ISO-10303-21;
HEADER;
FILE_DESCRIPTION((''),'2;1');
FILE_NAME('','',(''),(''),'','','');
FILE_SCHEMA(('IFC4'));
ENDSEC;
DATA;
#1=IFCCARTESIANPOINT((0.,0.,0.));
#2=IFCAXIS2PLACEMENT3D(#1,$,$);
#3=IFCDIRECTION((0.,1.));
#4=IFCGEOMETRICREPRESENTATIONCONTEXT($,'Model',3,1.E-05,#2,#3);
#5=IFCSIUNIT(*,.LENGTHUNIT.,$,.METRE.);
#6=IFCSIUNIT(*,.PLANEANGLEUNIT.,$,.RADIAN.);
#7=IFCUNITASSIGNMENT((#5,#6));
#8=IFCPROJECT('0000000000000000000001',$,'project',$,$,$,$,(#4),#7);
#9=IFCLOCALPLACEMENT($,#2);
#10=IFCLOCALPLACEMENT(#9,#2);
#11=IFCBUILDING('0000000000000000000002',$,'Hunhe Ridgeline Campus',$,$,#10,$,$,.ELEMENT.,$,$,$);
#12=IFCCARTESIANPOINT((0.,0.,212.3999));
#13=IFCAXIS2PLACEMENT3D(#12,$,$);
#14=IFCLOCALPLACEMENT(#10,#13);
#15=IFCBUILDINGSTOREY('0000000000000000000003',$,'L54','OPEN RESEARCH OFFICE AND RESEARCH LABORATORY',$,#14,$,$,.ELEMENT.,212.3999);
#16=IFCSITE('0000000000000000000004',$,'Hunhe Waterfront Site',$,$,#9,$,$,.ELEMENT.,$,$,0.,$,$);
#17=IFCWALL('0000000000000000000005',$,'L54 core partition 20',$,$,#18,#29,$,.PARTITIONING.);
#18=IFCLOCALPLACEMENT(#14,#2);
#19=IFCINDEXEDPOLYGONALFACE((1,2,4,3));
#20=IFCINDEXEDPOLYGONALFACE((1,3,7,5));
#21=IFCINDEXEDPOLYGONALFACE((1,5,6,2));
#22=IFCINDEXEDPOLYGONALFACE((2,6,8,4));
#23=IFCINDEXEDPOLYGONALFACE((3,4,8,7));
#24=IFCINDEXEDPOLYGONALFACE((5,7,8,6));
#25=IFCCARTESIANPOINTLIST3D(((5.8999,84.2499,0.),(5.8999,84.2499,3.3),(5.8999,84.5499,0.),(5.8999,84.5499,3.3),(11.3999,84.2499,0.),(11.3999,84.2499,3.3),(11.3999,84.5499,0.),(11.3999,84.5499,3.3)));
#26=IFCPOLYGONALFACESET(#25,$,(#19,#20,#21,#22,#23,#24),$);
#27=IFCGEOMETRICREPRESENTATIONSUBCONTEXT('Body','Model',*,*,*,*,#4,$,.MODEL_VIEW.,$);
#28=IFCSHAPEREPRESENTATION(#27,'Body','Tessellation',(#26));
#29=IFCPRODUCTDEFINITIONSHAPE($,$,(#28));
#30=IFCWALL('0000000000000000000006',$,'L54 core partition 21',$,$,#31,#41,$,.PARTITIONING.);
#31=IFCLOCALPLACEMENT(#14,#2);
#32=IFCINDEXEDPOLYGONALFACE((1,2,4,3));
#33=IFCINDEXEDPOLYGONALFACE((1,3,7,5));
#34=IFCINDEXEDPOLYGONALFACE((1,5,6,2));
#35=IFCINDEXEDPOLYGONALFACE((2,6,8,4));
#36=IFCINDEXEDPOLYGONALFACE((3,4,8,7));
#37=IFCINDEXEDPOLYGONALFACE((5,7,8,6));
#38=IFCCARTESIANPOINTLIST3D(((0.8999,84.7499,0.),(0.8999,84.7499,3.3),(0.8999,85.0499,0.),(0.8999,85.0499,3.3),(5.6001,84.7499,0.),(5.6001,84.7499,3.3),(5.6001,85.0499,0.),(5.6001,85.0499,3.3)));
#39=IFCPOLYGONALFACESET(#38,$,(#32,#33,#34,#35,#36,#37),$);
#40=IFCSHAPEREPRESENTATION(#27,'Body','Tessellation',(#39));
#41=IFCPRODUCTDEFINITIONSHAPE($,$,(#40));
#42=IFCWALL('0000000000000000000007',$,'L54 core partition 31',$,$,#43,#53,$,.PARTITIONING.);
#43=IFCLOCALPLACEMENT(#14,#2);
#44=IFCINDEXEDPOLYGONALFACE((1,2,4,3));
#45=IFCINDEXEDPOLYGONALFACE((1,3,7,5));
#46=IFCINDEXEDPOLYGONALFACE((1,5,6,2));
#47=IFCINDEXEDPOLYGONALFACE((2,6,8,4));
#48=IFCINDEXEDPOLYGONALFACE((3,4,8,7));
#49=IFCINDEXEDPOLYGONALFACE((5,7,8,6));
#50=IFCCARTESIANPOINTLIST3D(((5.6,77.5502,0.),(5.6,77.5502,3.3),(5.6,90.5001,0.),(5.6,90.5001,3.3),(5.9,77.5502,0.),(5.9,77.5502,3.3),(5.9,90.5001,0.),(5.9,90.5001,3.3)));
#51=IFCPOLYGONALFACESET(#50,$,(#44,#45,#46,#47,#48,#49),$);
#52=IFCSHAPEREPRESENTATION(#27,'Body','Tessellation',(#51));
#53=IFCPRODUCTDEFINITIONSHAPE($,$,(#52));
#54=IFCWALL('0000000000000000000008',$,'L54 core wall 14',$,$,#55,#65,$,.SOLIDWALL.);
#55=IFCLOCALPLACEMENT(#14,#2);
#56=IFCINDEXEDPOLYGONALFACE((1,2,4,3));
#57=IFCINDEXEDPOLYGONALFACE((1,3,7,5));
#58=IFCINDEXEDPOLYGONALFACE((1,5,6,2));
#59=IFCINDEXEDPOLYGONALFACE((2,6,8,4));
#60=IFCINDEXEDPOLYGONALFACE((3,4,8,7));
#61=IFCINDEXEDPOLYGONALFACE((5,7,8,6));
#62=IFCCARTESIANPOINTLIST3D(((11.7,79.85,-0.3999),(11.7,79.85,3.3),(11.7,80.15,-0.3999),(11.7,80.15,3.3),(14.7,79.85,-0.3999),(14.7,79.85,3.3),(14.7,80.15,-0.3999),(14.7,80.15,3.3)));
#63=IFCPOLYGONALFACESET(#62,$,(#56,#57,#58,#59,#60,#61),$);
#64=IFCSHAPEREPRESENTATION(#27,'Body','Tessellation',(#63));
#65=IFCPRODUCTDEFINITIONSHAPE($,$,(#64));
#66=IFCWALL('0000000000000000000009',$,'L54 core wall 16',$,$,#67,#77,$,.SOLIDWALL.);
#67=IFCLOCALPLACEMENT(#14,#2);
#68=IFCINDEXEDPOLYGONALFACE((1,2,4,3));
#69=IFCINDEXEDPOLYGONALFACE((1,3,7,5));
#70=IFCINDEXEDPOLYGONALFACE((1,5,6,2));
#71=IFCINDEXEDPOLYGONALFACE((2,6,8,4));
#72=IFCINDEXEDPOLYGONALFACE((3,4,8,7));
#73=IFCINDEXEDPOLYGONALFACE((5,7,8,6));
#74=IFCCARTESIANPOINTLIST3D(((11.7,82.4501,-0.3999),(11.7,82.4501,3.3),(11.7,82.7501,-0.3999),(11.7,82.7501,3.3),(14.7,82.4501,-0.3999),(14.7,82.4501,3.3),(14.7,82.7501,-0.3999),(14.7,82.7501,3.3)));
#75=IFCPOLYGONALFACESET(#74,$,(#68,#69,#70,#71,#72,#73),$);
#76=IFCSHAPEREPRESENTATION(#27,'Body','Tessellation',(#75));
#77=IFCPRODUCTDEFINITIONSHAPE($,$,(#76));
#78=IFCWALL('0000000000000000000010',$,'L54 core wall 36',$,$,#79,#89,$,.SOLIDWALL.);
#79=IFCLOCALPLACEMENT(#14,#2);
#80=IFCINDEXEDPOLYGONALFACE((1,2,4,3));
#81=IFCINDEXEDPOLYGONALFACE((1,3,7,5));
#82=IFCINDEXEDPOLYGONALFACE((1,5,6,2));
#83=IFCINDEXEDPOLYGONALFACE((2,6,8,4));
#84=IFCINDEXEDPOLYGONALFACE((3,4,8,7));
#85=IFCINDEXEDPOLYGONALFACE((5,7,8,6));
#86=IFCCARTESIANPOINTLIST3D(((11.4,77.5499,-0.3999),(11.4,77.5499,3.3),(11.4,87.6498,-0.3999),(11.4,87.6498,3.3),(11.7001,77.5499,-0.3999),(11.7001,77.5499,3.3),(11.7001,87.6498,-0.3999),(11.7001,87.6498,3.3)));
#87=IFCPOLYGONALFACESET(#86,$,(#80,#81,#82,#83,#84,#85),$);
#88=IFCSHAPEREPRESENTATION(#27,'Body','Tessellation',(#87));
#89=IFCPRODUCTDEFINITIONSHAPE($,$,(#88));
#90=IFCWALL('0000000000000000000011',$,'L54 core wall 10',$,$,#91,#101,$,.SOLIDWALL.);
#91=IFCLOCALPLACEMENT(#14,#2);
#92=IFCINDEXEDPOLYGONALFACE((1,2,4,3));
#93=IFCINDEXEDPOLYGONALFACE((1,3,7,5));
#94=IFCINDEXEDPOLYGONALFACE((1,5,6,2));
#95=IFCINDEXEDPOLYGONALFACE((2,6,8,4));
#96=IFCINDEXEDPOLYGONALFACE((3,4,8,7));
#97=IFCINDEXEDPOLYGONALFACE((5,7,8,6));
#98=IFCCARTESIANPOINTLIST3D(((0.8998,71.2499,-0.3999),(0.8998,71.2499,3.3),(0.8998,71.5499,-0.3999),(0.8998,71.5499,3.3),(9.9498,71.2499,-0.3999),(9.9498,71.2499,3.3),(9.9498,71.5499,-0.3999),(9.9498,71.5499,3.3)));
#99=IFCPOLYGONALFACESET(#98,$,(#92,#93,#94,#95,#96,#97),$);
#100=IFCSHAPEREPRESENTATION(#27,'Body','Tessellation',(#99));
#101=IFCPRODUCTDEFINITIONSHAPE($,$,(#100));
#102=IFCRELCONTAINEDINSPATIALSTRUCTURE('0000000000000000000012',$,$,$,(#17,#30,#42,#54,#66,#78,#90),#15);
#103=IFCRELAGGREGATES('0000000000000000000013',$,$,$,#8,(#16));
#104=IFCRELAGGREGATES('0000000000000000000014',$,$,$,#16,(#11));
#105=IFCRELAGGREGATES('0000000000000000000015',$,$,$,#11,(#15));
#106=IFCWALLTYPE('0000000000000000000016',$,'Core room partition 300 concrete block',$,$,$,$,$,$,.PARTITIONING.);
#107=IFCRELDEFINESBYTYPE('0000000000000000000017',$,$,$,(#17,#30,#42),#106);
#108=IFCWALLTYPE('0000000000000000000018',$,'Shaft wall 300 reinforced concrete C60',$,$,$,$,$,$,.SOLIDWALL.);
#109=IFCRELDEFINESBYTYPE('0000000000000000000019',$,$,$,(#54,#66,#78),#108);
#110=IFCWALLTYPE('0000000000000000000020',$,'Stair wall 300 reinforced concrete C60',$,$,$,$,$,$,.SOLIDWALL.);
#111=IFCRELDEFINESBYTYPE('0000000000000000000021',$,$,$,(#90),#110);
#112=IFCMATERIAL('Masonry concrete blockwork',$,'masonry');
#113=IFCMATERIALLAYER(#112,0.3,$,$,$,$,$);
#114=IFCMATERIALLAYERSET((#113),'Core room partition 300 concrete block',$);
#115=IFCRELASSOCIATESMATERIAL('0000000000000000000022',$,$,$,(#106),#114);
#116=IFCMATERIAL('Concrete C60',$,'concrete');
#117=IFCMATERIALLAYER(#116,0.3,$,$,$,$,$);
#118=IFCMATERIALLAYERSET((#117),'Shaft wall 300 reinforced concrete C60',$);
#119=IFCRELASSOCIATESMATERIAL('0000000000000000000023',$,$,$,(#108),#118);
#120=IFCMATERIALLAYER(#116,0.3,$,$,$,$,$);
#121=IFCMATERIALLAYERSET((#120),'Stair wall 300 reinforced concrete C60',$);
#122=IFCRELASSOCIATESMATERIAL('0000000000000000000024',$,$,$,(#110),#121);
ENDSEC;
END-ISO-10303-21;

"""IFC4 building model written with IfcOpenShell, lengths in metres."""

from ifc_helpers import new_model, si_unit, direction, frame, frame_2d, origin, place, context, subcontext, project, spatial, rectangle, extrude, material, layer, layer_set, type_object, element, save


model = new_model("IFC4")

# Units and contexts
model_context = context("Model", 3, precision=1e-05, world=origin(), true_north=direction((0.0, 1.0)))
body_context = subcontext(model_context, "Body", "Model", "MODEL_VIEW")
ifc_project = project(units=[si_unit("LENGTHUNIT", "METRE"), si_unit("PLANEANGLEUNIT", "RADIAN")], contexts=[model_context])

# Site, building, storey
site_placement = place(None, origin())
site = spatial("IfcSite", under=ifc_project, at=site_placement, Name="Hunhe Waterfront Site", CompositionType="ELEMENT", RefElevation=0.0)
building_placement = place(site_placement, origin())
building = spatial("IfcBuilding", under=site, at=building_placement, Name="Hunhe Ridgeline Campus", CompositionType="ELEMENT")
storey_placement = place(building_placement, frame((0.0, 0.0, 212.3999)))
storey = spatial("IfcBuildingStorey", under=building, at=storey_placement, Name="L54", Description="OPEN RESEARCH OFFICE AND RESEARCH LABORATORY", CompositionType="ELEMENT", Elevation=212.3999)

# Shared definitions
ifc_material_1 = material(Name="Masonry concrete blockwork", Category="masonry")
ifc_layer_1 = layer(ifc_material_1, 0.3)
ifc_layer_set_1 = layer_set([ifc_layer_1], Name="Core room partition 300 concrete block")
wall_type_1 = type_object("IfcWallType", Name="Core room partition 300 concrete block", PredefinedType="PARTITIONING", material=ifc_layer_set_1)

# Walls
wall_1_placement = place(storey_placement, frame((5.8999, 84.3999, 0.0), z_axis=(0.0, 0.0, 1.0), x_axis=(1.0, 0.0, 0.0)))
element("IfcWall", 1, at=wall_1_placement, inside=storey, type_object=wall_type_1, Name="L54 core partition 20", PredefinedType="PARTITIONING", context=body_context, shape_type="SweptSolid", body=[
    extrude(rectangle(XDim=5.5, YDim=0.3, at=frame_2d((2.75, 0.0))), origin(), (0.0, 0.0, 1.0), 3.3),
])
wall_2_placement = place(storey_placement, frame((0.8999, 84.8999, 0.0), z_axis=(0.0, 0.0, 1.0), x_axis=(1.0, 0.0, 0.0)))
element("IfcWall", 2, at=wall_2_placement, inside=storey, type_object=wall_type_1, Name="L54 core partition 21", PredefinedType="PARTITIONING", context=body_context, shape_type="SweptSolid", body=[
    extrude(rectangle(XDim=4.7002, YDim=0.3, at=frame_2d((2.3501, 0.0))), origin(), (0.0, 0.0, 1.0), 3.3),
])
wall_3_placement = place(storey_placement, frame((5.75, 77.55, 0.0), z_axis=(0.0, 0.0, 1.0), x_axis=(0.0, 1.0, 0.0)))
element("IfcWall", 3, at=wall_3_placement, inside=storey, type_object=wall_type_1, Name="L54 core partition 31", PredefinedType="PARTITIONING", context=body_context, shape_type="SweptSolid", body=[
    extrude(rectangle(XDim=12.95, YDim=0.3, at=frame_2d((6.4751, 0.0))), origin(), (0.0, 0.0, 1.0), 3.3),
])

# Shared definitions
ifc_material_2 = material(Name="Concrete C60", Category="concrete")
ifc_layer_2 = layer(ifc_material_2, 0.3)
ifc_layer_set_2 = layer_set([ifc_layer_2], Name="Shaft wall 300 reinforced concrete C60")
wall_type_2 = type_object("IfcWallType", Name="Shaft wall 300 reinforced concrete C60", PredefinedType="SOLIDWALL", material=ifc_layer_set_2)

# Walls
for number, where, z_axis, x_axis, name in (
    (4, (11.7, 80.0, -0.3999), (0.0, 0.0, 1.0), (1.0, 0.0, 0.0), "L54 core wall 14"),
    (5, (11.7, 82.6001, -0.3999), (0.0, 0.0, 1.0), (1.0, 0.0, 0.0), "L54 core wall 16"),
):
    element("IfcWall", number, at=place(storey_placement, frame(where, z_axis=z_axis, x_axis=x_axis)), inside=storey, type_object=wall_type_2, Name=name, PredefinedType="SOLIDWALL", context=body_context, shape_type="SweptSolid", body=[
        extrude(rectangle(XDim=3.0, YDim=0.3, at=frame_2d((1.5, 0.0))), origin(), (0.0, 0.0, 1.0), 3.7),
    ])
wall_4_placement = place(storey_placement, frame((11.55, 77.55, -0.3999), z_axis=(0.0, 0.0, 1.0), x_axis=(0.0, 1.0, 0.0)))
element("IfcWall", 6, at=wall_4_placement, inside=storey, type_object=wall_type_2, Name="L54 core wall 36", PredefinedType="SOLIDWALL", context=body_context, shape_type="SweptSolid", body=[
    extrude(rectangle(XDim=10.0999, YDim=0.3, at=frame_2d((5.0498, 0.0))), origin(), (0.0, 0.0, 1.0), 3.7),
])
ifc_layer_3 = layer(ifc_material_2, 0.3)
ifc_layer_set_3 = layer_set([ifc_layer_3], Name="Stair wall 300 reinforced concrete C60")
wall_type_3 = type_object("IfcWallType", Name="Stair wall 300 reinforced concrete C60", PredefinedType="SOLIDWALL", material=ifc_layer_set_3)
wall_5_placement = place(storey_placement, frame((0.8999, 71.3999, -0.3999), z_axis=(0.0, 0.0, 1.0), x_axis=(1.0, 0.0, 0.0)))
element("IfcWall", 7, at=wall_5_placement, inside=storey, type_object=wall_type_3, Name="L54 core wall 10", PredefinedType="SOLIDWALL", context=body_context, shape_type="SweptSolid", body=[
    extrude(rectangle(XDim=9.05, YDim=0.3, at=frame_2d((4.5249, 0.0))), origin(), (0.0, 0.0, 1.0), 3.7),
])

save(model, "model.ifc")
